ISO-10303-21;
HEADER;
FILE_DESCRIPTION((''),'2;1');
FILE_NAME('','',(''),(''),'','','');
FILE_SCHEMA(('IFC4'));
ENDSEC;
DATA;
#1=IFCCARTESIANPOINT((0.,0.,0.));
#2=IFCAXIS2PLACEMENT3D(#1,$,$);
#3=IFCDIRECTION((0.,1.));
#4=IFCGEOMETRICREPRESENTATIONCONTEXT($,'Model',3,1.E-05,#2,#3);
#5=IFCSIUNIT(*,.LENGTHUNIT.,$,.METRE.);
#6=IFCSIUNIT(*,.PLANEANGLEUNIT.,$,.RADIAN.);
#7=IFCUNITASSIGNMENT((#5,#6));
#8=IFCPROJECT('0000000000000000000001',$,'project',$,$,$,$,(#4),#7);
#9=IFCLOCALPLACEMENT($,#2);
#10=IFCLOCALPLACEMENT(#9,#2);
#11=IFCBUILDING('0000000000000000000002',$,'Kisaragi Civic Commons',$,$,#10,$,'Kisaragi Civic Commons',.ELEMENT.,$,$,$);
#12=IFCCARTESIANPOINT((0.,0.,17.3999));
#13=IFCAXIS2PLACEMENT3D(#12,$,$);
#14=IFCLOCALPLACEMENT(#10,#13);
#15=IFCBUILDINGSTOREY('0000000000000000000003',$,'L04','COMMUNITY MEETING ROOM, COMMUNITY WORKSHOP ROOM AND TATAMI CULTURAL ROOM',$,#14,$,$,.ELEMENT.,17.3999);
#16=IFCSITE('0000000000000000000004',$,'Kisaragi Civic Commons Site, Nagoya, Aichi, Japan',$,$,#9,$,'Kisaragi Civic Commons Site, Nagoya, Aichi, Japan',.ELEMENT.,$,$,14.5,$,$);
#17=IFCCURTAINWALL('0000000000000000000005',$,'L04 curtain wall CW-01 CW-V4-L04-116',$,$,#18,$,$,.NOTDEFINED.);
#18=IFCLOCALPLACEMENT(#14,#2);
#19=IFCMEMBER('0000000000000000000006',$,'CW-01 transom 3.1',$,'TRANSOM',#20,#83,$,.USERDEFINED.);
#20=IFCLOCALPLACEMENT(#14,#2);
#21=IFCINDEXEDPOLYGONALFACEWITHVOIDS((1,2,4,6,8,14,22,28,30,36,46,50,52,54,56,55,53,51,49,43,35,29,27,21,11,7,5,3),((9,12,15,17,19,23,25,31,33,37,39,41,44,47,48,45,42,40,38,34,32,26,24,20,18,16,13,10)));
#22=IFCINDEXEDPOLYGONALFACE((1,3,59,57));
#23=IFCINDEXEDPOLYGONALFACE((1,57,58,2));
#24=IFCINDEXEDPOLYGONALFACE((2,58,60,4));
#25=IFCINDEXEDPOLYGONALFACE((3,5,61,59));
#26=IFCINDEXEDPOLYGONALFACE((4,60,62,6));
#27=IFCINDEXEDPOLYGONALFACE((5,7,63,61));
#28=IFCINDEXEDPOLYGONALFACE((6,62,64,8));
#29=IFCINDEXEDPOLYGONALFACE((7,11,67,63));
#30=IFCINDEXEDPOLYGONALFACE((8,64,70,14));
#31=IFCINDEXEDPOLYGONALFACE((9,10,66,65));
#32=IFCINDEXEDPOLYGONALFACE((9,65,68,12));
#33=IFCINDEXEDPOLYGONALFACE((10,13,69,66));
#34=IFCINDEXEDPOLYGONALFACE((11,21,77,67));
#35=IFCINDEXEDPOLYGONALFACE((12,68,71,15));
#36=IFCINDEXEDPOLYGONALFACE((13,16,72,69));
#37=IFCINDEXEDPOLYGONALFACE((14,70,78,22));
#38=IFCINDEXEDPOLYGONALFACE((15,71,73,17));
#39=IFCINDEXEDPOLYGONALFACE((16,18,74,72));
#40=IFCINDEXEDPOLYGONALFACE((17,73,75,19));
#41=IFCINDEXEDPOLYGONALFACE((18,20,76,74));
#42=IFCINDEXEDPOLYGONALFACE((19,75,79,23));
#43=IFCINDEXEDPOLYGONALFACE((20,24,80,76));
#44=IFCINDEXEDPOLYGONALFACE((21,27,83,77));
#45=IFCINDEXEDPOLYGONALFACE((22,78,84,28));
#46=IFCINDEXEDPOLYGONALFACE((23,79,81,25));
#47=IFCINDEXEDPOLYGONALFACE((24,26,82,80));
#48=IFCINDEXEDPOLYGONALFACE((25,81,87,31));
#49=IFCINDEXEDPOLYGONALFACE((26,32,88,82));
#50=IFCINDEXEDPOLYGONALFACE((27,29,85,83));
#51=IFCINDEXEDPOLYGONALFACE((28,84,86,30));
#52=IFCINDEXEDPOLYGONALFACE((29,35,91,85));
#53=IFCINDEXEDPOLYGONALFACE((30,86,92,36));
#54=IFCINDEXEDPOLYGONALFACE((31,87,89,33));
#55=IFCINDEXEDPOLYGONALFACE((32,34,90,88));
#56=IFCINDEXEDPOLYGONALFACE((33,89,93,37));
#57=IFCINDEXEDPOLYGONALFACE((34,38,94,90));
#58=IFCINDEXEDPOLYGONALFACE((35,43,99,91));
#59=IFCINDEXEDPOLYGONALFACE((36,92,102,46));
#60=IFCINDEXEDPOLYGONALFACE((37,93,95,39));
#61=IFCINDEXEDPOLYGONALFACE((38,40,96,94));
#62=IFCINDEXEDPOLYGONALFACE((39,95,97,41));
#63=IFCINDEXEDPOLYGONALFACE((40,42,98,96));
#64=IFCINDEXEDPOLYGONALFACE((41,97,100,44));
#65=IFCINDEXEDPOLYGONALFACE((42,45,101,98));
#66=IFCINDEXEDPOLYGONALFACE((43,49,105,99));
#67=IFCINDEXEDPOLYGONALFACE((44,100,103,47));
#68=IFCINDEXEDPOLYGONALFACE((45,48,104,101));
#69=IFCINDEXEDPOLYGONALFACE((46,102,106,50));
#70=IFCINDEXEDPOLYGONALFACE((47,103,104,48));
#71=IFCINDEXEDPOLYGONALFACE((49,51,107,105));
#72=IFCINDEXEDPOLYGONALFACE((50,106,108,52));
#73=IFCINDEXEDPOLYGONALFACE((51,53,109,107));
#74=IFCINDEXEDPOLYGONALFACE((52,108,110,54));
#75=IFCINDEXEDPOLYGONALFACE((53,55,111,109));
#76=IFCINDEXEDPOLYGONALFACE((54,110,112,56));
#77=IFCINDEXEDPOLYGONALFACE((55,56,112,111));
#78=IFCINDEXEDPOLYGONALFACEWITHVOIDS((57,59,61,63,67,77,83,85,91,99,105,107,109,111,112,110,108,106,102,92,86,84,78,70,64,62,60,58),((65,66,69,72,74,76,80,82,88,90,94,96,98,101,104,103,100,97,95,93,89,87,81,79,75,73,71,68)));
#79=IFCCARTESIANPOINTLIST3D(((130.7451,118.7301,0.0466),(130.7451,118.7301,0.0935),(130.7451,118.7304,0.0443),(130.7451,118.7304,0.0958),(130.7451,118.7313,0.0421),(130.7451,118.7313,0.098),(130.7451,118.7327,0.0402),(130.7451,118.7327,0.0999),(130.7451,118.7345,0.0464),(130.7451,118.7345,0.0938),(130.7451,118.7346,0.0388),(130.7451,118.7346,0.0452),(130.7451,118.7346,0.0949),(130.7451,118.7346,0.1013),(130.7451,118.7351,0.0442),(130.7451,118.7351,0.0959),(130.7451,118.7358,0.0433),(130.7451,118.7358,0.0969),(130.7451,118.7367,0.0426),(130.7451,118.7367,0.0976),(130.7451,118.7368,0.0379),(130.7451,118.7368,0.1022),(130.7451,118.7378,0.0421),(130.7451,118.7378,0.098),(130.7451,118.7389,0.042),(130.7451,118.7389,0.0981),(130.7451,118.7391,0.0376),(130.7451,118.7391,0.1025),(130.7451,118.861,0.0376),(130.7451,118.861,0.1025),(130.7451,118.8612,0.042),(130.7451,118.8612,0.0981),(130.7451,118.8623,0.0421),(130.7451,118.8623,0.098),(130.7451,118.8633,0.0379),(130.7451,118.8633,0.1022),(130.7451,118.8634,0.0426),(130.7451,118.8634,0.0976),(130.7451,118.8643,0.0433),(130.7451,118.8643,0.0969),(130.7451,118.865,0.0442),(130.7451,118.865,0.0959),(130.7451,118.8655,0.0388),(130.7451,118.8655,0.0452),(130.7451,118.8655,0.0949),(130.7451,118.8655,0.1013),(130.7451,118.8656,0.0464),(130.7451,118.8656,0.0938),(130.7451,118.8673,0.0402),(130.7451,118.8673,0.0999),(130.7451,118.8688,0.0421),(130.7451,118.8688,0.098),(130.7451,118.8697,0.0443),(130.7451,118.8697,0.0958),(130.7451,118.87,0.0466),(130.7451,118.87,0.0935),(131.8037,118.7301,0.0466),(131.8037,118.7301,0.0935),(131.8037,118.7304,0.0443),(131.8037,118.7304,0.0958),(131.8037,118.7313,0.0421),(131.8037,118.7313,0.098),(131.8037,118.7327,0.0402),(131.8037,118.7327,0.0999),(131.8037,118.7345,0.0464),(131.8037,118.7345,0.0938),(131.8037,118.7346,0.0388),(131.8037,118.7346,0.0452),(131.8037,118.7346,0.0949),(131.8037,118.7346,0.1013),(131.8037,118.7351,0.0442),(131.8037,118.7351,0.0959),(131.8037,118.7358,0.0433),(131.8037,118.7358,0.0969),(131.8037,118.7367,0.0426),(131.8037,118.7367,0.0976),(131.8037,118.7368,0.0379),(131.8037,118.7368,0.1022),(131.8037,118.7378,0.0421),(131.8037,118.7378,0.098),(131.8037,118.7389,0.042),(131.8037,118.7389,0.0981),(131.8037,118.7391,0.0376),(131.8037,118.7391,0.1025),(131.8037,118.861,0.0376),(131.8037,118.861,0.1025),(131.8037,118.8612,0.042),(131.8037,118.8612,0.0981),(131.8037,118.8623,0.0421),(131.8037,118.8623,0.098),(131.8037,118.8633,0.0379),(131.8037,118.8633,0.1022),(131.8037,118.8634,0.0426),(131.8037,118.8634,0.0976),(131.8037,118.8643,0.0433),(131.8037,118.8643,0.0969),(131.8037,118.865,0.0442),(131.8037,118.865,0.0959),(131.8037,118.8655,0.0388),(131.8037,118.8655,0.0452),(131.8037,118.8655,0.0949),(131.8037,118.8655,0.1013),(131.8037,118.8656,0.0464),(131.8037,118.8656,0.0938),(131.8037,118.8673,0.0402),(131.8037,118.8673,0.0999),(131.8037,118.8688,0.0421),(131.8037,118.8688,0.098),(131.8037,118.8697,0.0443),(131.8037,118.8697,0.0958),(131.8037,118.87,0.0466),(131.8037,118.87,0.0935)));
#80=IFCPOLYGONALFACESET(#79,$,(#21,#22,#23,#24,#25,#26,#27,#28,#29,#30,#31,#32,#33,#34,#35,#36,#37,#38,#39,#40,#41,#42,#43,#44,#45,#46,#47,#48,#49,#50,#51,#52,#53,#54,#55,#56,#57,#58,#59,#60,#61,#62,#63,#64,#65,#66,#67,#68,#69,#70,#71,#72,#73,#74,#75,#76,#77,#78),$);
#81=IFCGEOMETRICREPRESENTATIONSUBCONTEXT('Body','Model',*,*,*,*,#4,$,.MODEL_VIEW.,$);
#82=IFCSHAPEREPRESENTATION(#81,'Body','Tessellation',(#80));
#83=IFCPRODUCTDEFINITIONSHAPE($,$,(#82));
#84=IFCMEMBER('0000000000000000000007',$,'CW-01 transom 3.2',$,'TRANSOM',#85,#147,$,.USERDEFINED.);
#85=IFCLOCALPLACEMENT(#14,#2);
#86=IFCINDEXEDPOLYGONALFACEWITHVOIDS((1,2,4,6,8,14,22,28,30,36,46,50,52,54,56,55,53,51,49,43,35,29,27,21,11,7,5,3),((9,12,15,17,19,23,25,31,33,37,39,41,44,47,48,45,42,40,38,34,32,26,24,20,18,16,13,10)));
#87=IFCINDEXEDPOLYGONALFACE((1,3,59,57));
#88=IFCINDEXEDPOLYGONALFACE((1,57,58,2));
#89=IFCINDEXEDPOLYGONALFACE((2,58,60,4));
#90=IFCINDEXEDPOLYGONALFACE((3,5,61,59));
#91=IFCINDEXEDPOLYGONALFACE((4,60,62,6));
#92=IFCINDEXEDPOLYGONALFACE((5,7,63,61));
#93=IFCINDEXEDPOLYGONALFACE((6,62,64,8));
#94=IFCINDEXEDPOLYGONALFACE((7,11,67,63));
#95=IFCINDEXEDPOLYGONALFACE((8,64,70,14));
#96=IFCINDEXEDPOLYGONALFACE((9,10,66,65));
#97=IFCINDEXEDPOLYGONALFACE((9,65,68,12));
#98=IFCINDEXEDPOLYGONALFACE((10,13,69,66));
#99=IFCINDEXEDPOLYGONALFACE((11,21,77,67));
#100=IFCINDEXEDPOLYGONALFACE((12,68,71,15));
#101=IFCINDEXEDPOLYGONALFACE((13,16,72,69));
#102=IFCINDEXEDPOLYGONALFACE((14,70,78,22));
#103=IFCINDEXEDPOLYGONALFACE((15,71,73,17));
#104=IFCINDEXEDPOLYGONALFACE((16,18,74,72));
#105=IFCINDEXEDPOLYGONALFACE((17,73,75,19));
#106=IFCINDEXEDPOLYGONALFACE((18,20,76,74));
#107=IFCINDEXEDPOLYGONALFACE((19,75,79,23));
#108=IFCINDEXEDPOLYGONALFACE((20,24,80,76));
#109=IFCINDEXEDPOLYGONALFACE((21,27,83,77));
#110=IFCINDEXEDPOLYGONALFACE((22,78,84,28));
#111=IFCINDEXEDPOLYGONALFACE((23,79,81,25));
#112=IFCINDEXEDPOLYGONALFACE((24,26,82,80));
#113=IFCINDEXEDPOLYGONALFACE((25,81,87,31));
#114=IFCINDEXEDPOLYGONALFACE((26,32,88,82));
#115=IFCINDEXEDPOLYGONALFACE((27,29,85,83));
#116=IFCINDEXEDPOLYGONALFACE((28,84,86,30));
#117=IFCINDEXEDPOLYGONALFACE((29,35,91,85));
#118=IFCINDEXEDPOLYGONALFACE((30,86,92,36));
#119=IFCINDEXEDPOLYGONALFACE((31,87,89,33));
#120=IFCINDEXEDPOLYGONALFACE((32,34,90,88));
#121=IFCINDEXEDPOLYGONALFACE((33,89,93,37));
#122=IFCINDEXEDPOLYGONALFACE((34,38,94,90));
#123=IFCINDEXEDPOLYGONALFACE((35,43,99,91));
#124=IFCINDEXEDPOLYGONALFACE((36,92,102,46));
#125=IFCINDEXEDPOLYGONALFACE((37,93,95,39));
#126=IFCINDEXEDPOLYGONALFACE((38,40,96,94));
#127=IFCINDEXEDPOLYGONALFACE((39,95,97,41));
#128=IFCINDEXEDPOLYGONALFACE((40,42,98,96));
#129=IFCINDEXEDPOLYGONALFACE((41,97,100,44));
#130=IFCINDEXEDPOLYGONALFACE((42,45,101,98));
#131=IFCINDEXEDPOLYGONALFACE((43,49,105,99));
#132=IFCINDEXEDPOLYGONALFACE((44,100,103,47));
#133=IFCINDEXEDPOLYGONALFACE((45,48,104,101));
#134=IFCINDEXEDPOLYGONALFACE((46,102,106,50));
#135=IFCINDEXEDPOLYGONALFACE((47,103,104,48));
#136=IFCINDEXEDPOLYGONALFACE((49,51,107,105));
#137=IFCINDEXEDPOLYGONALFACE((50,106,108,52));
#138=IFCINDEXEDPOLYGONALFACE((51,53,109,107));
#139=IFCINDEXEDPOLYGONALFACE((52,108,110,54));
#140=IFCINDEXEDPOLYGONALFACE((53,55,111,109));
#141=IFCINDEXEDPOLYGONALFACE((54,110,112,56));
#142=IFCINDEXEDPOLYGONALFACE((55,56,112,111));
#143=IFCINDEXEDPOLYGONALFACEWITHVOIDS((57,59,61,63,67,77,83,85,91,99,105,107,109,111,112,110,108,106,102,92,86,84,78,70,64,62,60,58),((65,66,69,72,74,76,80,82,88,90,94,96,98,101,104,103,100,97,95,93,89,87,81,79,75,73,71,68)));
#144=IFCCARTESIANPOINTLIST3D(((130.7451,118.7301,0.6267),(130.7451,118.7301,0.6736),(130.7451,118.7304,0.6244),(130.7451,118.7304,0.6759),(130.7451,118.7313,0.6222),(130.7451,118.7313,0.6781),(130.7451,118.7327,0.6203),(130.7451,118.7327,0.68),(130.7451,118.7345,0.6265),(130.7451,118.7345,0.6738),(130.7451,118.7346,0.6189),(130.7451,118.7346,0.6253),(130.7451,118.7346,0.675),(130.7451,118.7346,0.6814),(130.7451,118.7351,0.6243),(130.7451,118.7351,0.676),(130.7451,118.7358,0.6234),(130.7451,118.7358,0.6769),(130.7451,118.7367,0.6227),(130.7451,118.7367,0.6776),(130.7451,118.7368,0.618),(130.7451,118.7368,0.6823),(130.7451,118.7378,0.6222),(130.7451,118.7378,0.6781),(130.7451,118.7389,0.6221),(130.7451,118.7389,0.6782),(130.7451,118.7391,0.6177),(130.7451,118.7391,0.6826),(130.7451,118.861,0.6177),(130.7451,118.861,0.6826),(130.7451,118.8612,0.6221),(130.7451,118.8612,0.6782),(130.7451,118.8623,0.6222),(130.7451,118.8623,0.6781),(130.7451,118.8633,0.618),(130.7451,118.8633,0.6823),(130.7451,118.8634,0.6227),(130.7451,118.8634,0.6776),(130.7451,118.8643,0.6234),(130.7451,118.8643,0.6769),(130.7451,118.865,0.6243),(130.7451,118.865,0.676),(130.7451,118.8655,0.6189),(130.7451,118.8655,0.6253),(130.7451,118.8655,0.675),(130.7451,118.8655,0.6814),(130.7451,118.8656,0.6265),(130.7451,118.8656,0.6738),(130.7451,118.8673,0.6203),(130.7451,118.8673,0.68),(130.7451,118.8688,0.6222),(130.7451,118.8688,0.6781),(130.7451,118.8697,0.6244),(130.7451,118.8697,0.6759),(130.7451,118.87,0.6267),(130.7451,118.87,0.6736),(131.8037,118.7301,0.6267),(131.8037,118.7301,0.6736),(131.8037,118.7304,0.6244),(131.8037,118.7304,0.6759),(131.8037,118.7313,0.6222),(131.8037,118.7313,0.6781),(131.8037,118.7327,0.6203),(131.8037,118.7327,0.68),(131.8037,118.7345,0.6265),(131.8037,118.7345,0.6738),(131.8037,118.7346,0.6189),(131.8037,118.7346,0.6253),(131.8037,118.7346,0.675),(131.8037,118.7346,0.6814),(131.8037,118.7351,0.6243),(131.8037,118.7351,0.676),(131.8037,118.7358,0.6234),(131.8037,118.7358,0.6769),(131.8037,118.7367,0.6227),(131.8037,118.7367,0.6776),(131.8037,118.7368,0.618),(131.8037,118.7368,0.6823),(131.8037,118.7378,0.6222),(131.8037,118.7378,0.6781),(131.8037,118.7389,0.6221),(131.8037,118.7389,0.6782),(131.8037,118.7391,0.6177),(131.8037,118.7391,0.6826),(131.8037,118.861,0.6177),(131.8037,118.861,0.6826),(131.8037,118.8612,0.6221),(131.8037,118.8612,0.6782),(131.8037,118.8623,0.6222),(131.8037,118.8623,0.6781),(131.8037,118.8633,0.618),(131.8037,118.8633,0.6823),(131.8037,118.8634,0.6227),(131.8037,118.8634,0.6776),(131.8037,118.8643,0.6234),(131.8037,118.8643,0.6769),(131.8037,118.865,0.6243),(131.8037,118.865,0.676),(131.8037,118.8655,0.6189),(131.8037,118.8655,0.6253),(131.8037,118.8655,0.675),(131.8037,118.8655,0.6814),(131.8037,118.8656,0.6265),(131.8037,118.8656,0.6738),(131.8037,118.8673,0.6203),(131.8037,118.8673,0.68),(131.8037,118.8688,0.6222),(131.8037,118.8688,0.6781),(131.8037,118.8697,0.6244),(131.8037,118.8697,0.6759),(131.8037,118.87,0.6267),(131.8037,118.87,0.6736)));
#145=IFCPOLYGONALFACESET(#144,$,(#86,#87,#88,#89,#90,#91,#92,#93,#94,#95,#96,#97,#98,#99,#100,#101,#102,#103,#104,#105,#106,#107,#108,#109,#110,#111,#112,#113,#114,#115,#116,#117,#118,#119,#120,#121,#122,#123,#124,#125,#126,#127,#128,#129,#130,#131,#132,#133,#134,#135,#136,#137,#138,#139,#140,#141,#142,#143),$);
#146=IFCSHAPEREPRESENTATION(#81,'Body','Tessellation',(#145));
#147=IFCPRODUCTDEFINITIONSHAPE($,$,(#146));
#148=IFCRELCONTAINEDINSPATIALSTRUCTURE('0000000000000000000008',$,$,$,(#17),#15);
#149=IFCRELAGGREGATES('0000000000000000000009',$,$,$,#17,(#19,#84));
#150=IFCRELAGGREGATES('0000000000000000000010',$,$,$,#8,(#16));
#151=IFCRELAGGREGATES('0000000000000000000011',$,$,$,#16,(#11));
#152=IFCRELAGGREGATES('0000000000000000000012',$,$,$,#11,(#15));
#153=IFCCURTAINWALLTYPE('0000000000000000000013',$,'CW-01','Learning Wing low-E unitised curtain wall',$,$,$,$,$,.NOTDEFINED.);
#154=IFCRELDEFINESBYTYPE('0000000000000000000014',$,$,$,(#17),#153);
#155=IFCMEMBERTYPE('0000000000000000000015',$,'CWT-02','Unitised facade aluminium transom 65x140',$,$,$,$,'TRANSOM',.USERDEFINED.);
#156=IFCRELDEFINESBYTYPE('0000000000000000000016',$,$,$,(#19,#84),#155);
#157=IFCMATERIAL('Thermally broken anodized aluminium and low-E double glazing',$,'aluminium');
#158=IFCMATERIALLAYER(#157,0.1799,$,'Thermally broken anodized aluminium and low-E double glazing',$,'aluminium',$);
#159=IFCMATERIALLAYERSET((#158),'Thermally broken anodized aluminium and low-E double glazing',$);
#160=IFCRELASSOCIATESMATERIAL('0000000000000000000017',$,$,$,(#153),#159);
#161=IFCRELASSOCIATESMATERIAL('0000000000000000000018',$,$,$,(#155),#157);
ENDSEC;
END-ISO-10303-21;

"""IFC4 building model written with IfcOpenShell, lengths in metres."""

from ifc_helpers import new_model, si_unit, direction, frame, origin, origin_2d, place, context, subcontext, project, spatial, hollow_rectangle, extrude, material, layer, layer_set, material_profile, profile_set, type_object, element, aggregate, save


model = new_model("IFC4")

# Units and contexts
model_context = context("Model", 3, precision=1e-05, world=origin(), true_north=direction((0.0, 1.0)))
body_context = subcontext(model_context, "Body", "Model", "MODEL_VIEW")
ifc_project = project(units=[si_unit("LENGTHUNIT", "METRE"), si_unit("PLANEANGLEUNIT", "RADIAN")], contexts=[model_context])

# Site, building, storey
site_placement = place(None, origin())
site = spatial("IfcSite", under=ifc_project, at=site_placement, Name="Kisaragi Civic Commons Site, Nagoya, Aichi, Japan", LongName="Kisaragi Civic Commons Site, Nagoya, Aichi, Japan", CompositionType="ELEMENT", RefElevation=14.5)
building_placement = place(site_placement, origin())
building = spatial("IfcBuilding", under=site, at=building_placement, Name="Kisaragi Civic Commons", LongName="Kisaragi Civic Commons", CompositionType="ELEMENT")
storey_placement = place(building_placement, frame((0.0, 0.0, 17.3999)))
storey = spatial("IfcBuildingStorey", under=building, at=storey_placement, Name="L04", Description="COMMUNITY MEETING ROOM, COMMUNITY WORKSHOP ROOM AND TATAMI CULTURAL ROOM", CompositionType="ELEMENT", Elevation=17.3999)

# Shared definitions
ifc_material_1 = material(Name="Thermally broken anodized aluminium and low-E double glazing", Category="aluminium")
ifc_layer_1 = layer(ifc_material_1, 0.1799, Name="Thermally broken anodized aluminium and low-E double glazing", Category="aluminium")
ifc_layer_set_1 = layer_set([ifc_layer_1], Name="Thermally broken anodized aluminium and low-E double glazing")
curtain_wall_type = type_object("IfcCurtainWallType", Name="CW-01", Description="Learning Wing low-E unitised curtain wall", PredefinedType="NOTDEFINED", material=ifc_layer_set_1)

# Curtain wall, members
curtain_wall_1_placement = place(storey_placement, origin())
curtain_wall_1 = element("IfcCurtainWall", 1, at=curtain_wall_1_placement, inside=storey, type_object=curtain_wall_type, Name="L04 curtain wall CW-01 CW-V4-L04-116", PredefinedType="NOTDEFINED")
ifc_material_profile_1 = material_profile(ifc_material_1, hollow_rectangle(XDim=0.1399, YDim=0.0649, WallThickness=0.0044, InnerFilletRadius=0.0044, OuterFilletRadius=0.009, at=origin_2d()), Name="CWT-65x140x4.5", Category="aluminium")
ifc_profile_set_1 = profile_set([ifc_material_profile_1], Name="Thermally broken anodized aluminium and low-E double glazing")
member_type_1 = type_object("IfcMemberType", Name="CWT-02", Description="Unitised facade aluminium transom 65x140", ElementType="TRANSOM", PredefinedType="USERDEFINED", material=ifc_profile_set_1)
member_1_placement = place(storey_placement, frame((130.7451, 118.8, 0.0701), z_axis=(1.0, 0.0, 0.0), x_axis=(0.0, 1.0, 0.0)))
member_1 = element("IfcMember", 2, at=member_1_placement, type_object=member_type_1, Name="CW-01 transom 3.1", ObjectType="TRANSOM", PredefinedType="USERDEFINED", context=body_context, shape_type="SweptSolid", body=[
    extrude(hollow_rectangle(XDim=0.1399, YDim=0.0649, WallThickness=0.0044, InnerFilletRadius=0.0044, OuterFilletRadius=0.009, at=origin_2d()), origin(), (0.0, 0.0, 1.0), 1.0586),
])
member_2_placement = place(storey_placement, frame((130.7451, 118.8, 0.6501), z_axis=(1.0, 0.0, 0.0), x_axis=(0.0, 1.0, 0.0)))
member_2 = element("IfcMember", 3, at=member_2_placement, type_object=member_type_1, Name="CW-01 transom 3.2", ObjectType="TRANSOM", PredefinedType="USERDEFINED", context=body_context, shape_type="SweptSolid", body=[
    extrude(hollow_rectangle(XDim=0.1399, YDim=0.0649, WallThickness=0.0044, InnerFilletRadius=0.0044, OuterFilletRadius=0.009, at=origin_2d()), origin(), (0.0, 0.0, 1.0), 1.0586),
])

aggregate(curtain_wall_1, [member_1, member_2])

save(model, "model.ifc")
